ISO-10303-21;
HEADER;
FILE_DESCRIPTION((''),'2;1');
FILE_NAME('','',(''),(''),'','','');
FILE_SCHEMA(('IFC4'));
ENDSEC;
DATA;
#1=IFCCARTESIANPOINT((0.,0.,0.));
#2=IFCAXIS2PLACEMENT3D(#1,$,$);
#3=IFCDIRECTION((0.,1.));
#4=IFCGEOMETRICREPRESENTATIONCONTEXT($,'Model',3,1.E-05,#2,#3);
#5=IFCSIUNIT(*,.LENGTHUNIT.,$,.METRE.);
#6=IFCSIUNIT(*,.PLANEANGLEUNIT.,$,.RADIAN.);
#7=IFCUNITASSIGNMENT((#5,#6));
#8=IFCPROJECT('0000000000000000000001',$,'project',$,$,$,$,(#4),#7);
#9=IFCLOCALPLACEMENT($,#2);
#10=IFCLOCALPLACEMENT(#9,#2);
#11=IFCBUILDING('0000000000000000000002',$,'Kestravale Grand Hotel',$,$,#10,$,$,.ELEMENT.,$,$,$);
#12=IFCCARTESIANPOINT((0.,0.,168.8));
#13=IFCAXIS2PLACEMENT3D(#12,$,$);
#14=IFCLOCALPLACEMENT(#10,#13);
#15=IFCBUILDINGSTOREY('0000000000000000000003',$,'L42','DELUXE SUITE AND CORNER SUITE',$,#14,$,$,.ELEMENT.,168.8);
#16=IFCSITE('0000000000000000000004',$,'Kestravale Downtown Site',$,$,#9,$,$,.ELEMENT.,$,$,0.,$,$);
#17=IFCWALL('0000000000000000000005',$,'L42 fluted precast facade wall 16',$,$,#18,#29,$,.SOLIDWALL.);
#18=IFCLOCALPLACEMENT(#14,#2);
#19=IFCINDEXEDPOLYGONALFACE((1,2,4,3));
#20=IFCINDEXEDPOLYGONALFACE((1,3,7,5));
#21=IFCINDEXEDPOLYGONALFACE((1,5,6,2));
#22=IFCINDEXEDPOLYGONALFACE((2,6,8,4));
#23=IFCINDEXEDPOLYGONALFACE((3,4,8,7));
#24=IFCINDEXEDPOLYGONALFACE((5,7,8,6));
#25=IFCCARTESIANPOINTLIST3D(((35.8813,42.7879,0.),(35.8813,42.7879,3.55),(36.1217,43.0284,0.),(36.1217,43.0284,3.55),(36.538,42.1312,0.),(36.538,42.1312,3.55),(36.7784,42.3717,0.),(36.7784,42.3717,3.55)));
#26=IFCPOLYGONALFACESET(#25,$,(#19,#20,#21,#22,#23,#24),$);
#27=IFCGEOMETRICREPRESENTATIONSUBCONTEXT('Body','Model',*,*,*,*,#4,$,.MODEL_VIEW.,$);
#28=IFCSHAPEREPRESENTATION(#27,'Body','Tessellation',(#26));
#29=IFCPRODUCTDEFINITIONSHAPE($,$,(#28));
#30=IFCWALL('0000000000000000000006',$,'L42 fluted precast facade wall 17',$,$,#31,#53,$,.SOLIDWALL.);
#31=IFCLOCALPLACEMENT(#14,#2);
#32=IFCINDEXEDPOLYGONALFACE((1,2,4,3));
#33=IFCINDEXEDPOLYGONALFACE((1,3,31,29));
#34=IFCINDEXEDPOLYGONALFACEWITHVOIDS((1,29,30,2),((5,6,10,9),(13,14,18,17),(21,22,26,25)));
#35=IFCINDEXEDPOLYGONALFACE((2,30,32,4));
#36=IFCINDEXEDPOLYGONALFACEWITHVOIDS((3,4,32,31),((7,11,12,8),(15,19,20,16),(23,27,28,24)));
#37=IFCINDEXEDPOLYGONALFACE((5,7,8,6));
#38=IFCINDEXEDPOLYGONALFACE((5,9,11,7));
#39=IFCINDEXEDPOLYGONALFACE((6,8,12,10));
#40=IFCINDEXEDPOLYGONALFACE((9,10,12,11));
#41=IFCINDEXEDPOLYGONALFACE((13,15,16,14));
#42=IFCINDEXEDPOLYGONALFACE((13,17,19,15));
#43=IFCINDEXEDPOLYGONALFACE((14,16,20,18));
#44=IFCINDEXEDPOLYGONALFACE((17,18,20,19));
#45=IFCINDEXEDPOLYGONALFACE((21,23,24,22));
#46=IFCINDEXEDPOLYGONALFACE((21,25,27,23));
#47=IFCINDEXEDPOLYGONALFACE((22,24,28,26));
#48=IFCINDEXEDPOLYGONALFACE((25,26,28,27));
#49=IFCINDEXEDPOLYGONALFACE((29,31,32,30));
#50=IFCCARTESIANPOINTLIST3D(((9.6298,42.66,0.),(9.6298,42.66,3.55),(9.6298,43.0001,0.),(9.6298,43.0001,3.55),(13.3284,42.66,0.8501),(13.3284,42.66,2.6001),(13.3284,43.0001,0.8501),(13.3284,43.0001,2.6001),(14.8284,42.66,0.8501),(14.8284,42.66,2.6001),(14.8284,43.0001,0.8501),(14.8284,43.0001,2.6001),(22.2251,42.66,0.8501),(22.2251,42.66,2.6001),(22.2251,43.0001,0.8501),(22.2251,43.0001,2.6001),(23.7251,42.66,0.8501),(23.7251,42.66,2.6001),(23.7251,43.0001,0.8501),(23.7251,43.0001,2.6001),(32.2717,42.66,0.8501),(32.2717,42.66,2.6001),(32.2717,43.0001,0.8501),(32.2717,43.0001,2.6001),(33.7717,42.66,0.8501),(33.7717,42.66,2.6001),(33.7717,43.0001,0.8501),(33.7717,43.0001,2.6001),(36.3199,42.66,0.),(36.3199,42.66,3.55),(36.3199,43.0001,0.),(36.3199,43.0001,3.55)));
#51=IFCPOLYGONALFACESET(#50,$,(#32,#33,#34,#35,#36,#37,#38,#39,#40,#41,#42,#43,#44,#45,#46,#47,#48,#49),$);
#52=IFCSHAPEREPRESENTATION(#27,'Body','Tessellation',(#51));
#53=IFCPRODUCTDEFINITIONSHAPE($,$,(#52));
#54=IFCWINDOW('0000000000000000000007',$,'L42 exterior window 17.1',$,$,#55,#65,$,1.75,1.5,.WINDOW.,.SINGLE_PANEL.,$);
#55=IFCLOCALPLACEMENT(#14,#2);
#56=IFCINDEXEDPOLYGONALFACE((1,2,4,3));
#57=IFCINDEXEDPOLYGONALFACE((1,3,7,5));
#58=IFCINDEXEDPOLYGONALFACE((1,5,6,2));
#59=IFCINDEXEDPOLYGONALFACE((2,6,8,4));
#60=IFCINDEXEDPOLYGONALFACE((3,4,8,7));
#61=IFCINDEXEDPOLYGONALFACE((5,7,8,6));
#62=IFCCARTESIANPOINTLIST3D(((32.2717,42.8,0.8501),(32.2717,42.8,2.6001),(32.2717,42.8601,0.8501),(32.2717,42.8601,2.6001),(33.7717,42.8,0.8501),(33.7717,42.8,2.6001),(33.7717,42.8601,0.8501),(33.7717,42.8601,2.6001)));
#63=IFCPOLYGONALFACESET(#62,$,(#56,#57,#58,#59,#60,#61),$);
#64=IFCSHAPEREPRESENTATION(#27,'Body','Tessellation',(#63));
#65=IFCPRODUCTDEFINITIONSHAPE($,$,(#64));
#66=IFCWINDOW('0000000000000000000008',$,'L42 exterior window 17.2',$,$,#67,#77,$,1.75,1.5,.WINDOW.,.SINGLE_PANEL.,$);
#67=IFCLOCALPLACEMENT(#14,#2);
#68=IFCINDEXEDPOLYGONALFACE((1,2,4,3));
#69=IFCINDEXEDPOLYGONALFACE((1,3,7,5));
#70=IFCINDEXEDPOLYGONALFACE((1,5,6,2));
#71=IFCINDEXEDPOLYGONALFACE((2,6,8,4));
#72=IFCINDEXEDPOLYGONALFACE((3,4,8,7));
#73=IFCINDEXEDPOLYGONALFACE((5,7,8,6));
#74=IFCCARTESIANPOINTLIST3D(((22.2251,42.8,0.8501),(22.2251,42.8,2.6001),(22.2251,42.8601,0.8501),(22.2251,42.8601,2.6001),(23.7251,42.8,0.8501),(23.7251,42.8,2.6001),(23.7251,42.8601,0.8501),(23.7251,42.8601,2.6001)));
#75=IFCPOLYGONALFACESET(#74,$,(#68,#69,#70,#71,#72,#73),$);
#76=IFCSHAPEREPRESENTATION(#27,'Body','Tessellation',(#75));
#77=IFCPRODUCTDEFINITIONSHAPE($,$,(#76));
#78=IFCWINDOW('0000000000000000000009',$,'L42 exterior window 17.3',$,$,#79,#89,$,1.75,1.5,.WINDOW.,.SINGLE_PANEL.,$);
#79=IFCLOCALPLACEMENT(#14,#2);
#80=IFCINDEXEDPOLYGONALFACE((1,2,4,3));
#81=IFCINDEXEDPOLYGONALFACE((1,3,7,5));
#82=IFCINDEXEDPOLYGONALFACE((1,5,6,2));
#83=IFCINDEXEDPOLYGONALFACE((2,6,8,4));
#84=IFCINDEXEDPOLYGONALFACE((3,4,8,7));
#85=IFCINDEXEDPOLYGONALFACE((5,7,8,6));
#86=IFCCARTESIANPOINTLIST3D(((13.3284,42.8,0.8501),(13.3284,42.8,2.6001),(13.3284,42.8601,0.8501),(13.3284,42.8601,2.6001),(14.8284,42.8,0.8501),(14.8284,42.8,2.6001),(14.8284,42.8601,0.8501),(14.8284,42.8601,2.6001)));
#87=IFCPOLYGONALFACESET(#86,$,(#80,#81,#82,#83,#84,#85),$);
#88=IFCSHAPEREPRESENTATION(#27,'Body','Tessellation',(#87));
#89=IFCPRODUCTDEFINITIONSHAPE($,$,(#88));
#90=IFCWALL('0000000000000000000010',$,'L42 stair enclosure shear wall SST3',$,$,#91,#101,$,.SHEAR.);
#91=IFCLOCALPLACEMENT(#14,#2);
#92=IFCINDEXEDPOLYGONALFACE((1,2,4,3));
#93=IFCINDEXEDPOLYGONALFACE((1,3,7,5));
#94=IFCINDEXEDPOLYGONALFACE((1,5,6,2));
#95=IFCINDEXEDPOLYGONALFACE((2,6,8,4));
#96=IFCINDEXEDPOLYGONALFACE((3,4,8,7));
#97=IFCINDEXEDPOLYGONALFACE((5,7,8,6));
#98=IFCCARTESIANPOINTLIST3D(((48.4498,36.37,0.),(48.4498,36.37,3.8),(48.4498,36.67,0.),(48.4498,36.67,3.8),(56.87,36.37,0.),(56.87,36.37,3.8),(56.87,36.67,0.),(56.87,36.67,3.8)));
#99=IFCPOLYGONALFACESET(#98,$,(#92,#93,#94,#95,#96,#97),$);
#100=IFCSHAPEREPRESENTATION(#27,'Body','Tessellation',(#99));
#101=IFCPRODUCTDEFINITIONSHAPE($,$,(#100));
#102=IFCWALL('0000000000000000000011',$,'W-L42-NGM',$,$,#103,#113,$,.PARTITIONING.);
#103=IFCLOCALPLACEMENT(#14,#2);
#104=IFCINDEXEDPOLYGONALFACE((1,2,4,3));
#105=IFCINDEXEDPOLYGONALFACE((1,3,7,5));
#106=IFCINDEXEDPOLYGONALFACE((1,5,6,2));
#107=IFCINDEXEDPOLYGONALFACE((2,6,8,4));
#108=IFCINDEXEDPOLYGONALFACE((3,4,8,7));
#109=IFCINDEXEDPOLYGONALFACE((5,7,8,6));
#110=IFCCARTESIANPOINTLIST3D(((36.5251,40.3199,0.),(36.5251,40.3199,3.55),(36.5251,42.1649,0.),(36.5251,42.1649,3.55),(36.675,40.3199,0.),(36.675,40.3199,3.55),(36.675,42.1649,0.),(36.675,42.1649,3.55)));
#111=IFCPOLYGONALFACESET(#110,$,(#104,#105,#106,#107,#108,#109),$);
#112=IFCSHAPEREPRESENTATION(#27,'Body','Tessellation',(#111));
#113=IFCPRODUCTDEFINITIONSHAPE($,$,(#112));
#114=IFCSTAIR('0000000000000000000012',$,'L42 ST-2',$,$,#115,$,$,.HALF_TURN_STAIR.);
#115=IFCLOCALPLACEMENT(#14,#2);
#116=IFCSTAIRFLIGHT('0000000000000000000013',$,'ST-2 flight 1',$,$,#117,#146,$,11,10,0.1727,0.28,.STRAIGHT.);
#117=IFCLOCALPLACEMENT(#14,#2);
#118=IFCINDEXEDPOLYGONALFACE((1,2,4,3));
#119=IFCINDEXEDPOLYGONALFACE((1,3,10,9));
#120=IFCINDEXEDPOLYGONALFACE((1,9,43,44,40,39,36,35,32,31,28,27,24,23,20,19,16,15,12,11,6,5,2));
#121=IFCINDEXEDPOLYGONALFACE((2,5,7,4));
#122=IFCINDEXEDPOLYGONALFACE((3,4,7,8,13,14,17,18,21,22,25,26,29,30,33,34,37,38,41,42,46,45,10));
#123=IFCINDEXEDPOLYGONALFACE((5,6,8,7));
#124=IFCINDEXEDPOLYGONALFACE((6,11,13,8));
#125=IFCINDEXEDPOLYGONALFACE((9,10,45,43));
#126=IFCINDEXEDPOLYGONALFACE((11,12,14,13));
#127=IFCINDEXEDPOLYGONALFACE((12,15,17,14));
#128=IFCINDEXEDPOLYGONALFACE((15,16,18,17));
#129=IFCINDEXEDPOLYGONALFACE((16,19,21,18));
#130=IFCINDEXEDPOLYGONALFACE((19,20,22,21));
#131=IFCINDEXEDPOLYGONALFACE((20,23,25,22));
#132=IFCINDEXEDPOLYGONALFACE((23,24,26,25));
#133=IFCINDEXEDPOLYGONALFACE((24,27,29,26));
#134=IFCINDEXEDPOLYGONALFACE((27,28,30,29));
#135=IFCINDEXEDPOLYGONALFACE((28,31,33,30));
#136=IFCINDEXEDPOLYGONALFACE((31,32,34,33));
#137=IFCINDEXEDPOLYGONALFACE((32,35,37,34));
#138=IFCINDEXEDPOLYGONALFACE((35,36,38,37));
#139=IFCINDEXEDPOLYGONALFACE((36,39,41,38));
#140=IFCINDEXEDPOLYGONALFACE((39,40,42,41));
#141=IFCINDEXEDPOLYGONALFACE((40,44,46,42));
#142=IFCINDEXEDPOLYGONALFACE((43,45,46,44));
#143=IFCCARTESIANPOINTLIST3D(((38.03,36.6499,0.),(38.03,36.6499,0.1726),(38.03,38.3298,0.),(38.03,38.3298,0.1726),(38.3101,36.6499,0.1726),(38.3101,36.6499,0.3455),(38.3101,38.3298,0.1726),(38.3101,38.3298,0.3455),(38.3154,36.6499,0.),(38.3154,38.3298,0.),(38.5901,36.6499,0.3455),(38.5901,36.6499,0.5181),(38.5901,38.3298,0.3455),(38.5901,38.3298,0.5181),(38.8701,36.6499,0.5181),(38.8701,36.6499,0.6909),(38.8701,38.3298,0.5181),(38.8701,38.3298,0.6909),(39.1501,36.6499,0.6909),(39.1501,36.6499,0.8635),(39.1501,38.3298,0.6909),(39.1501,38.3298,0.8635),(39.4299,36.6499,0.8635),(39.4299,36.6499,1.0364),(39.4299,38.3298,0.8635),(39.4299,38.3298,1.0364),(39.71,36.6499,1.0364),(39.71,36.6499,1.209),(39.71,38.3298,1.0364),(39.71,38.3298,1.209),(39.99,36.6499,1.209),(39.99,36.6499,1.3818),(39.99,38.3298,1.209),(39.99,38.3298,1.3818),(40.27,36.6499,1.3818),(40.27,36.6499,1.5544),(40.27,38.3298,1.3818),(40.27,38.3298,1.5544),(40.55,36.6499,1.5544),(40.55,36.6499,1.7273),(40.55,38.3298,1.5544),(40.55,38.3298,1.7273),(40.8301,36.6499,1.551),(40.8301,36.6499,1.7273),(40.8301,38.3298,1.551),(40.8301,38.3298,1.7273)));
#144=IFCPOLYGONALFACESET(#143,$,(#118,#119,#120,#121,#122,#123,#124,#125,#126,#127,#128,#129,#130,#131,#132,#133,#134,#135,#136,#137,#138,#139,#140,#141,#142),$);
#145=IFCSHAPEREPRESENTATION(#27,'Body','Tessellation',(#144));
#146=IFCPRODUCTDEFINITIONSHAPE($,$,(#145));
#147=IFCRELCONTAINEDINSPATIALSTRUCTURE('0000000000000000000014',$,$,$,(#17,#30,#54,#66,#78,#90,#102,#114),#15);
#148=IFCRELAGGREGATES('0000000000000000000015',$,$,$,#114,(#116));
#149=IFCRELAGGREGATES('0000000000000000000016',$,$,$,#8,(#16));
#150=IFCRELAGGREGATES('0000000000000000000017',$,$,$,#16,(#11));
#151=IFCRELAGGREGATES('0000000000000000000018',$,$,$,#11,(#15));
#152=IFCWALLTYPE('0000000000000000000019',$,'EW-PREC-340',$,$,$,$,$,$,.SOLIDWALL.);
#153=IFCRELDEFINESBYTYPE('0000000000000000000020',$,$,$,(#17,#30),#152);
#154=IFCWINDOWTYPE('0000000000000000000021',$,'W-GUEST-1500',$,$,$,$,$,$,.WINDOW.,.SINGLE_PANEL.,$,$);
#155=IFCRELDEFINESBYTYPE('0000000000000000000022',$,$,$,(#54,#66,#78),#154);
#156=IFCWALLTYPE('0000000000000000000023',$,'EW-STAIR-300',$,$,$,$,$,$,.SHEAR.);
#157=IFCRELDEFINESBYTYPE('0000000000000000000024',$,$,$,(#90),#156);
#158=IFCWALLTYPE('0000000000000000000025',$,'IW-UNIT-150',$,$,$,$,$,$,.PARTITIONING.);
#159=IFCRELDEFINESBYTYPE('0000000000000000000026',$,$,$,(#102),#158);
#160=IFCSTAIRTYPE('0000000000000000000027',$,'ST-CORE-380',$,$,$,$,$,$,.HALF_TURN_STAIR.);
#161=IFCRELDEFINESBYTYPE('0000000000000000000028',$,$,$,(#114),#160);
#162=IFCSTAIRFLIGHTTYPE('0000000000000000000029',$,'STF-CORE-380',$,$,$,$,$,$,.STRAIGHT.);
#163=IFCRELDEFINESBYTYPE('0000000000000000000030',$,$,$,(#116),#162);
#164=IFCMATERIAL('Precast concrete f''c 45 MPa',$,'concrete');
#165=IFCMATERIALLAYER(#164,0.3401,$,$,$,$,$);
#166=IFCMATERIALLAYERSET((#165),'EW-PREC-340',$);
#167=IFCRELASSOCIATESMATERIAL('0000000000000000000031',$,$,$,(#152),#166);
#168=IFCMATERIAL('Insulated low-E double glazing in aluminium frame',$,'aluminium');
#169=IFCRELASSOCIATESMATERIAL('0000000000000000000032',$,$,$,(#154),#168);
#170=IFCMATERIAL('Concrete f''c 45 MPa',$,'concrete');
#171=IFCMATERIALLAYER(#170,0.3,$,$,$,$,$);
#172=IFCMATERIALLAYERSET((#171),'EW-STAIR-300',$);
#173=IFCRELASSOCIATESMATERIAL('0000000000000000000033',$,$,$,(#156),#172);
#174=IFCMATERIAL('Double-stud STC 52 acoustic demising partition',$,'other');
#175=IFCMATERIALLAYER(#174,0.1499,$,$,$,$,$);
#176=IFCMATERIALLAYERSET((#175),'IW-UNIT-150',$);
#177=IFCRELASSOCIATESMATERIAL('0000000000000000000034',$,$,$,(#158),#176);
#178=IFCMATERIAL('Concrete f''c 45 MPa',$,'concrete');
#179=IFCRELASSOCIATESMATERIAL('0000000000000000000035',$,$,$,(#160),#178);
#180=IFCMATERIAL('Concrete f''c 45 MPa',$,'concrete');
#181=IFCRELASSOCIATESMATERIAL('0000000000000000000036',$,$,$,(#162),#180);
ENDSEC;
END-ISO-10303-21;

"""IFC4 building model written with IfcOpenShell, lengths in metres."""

from ifc_helpers import new_model, si_unit, direction, frame, frame_2d, origin, place, context, subcontext, project, spatial, polyline, rectangle, outline, extrude, material, layer, layer_set, type_object, element, fill, aggregate, save


model = new_model("IFC4")

# Units and contexts
model_context = context("Model", 3, precision=1e-05, world=origin(), true_north=direction((0.0, 1.0)))
body_context = subcontext(model_context, "Body", "Model", "MODEL_VIEW")
ifc_project = project(units=[si_unit("LENGTHUNIT", "METRE"), si_unit("PLANEANGLEUNIT", "RADIAN")], contexts=[model_context])

# Site, building, storey
site_placement = place(None, origin())
site = spatial("IfcSite", under=ifc_project, at=site_placement, Name="Kestravale Downtown Site", CompositionType="ELEMENT", RefElevation=0.0)
building_placement = place(site_placement, origin())
building = spatial("IfcBuilding", under=site, at=building_placement, Name="Kestravale Grand Hotel", CompositionType="ELEMENT")
storey_placement = place(building_placement, frame((0.0, 0.0, 168.8)))
storey = spatial("IfcBuildingStorey", under=building, at=storey_placement, Name="L42", Description="DELUXE SUITE AND CORNER SUITE", CompositionType="ELEMENT", Elevation=168.8)

# Shared definitions
ifc_material_1 = material(Name="Precast concrete f'c 45 MPa", Category="concrete")
ifc_layer_1 = layer(ifc_material_1, 0.3401)
ifc_layer_set_1 = layer_set([ifc_layer_1], Name="EW-PREC-340")
wall_type_1 = type_object("IfcWallType", Name="EW-PREC-340", PredefinedType="SOLIDWALL", material=ifc_layer_set_1)

# Shared definitions
ifc_material_2 = material(Name="Insulated low-E double glazing in aluminium frame", Category="aluminium")
window_type = type_object("IfcWindowType", Name="W-GUEST-1500", PartitioningType="SINGLE_PANEL", PredefinedType="WINDOW", material=ifc_material_2)

# Wall
wall_1_placement = place(storey_placement, frame((36.6582, 42.2515, 0.0), z_axis=(0.0, 0.0, 1.0), x_axis=(-0.707107, 0.707107, 0.0)))
element("IfcWall", 1, at=wall_1_placement, inside=storey, type_object=wall_type_1, Name="L42 fluted precast facade wall 16", PredefinedType="SOLIDWALL", context=body_context, shape_type="SweptSolid", body=[
    extrude(rectangle(XDim=0.9287, YDim=0.3401, at=frame_2d((0.4644, 0.0))), origin(), (0.0, 0.0, 1.0), 3.55),
])

# Wall, openings, windows
wall_2_placement = place(storey_placement, frame((36.3201, 42.8301, 0.0), z_axis=(0.0, 0.0, 1.0), x_axis=(-1.0, 0.0, 0.0)))
wall_2 = element("IfcWall", 2, at=wall_2_placement, inside=storey, type_object=wall_type_1, Name="L42 fluted precast facade wall 17", PredefinedType="SOLIDWALL", context=body_context, shape_type="SweptSolid", body=[
    extrude(rectangle(XDim=26.6902, YDim=0.3401, at=frame_2d((13.3452, 0.0))), origin(), (0.0, 0.0, 1.0), 3.55),
])
opening_1_placement = place(wall_2_placement, frame((2.5483, 0.0, 0.8501)))
opening_1 = element("IfcOpeningElement", 3, at=opening_1_placement, cuts=wall_2, PredefinedType="OPENING", context=body_context, shape_type="SweptSolid", body=[
    extrude(rectangle(XDim=1.5, YDim=1.75, at=frame_2d((0.75, 0.875))), frame((0.0, 0.1799, 0.0), z_axis=(0.0, -1.0, 0.0), x_axis=(1.0, 0.0, 0.0)), (0.0, 0.0, 1.0), 0.3601),
])
opening_2_placement = place(wall_2_placement, frame((12.595, 0.0, 0.8501)))
opening_2 = element("IfcOpeningElement", 4, at=opening_2_placement, cuts=wall_2, PredefinedType="OPENING", context=body_context, shape_type="SweptSolid", body=[
    extrude(rectangle(XDim=1.5, YDim=1.75, at=frame_2d((0.75, 0.875))), frame((0.0, 0.1799, 0.0), z_axis=(0.0, -1.0, 0.0), x_axis=(1.0, 0.0, 0.0)), (0.0, 0.0, 1.0), 0.3601),
])
opening_3_placement = place(wall_2_placement, frame((21.4917, 0.0, 0.8501)))
opening_3 = element("IfcOpeningElement", 5, at=opening_3_placement, cuts=wall_2, PredefinedType="OPENING", context=body_context, shape_type="SweptSolid", body=[
    extrude(rectangle(XDim=1.5, YDim=1.75, at=frame_2d((0.75, 0.875))), frame((0.0, 0.1799, 0.0), z_axis=(0.0, -1.0, 0.0), x_axis=(1.0, 0.0, 0.0)), (0.0, 0.0, 1.0), 0.3601),
])
window_1_placement = place(opening_1_placement, origin())
window_1 = element("IfcWindow", 6, at=window_1_placement, inside=storey, type_object=window_type, Name="L42 exterior window 17.1", OverallHeight=1.75, OverallWidth=1.5, PartitioningType="SINGLE_PANEL", PredefinedType="WINDOW", context=body_context, shape_type="SweptSolid", body=[
    extrude(rectangle(XDim=1.5, YDim=1.75, at=frame_2d((0.75, 0.875))), frame((0.0, 0.03, 0.0), z_axis=(0.0, -1.0, 0.0), x_axis=(1.0, 0.0, 0.0)), (0.0, 0.0, 1.0), 0.0601),
])
fill(opening_1, window_1)
window_2_placement = place(opening_2_placement, origin())
window_2 = element("IfcWindow", 7, at=window_2_placement, inside=storey, type_object=window_type, Name="L42 exterior window 17.2", OverallHeight=1.75, OverallWidth=1.5, PartitioningType="SINGLE_PANEL", PredefinedType="WINDOW", context=body_context, shape_type="SweptSolid", body=[
    extrude(rectangle(XDim=1.5, YDim=1.75, at=frame_2d((0.75, 0.875))), frame((0.0, 0.03, 0.0), z_axis=(0.0, -1.0, 0.0), x_axis=(1.0, 0.0, 0.0)), (0.0, 0.0, 1.0), 0.0601),
])
fill(opening_2, window_2)
window_3_placement = place(opening_3_placement, origin())
window_3 = element("IfcWindow", 8, at=window_3_placement, inside=storey, type_object=window_type, Name="L42 exterior window 17.3", OverallHeight=1.75, OverallWidth=1.5, PartitioningType="SINGLE_PANEL", PredefinedType="WINDOW", context=body_context, shape_type="SweptSolid", body=[
    extrude(rectangle(XDim=1.5, YDim=1.75, at=frame_2d((0.75, 0.875))), frame((0.0, 0.03, 0.0), z_axis=(0.0, -1.0, 0.0), x_axis=(1.0, 0.0, 0.0)), (0.0, 0.0, 1.0), 0.0601),
])
fill(opening_3, window_3)

# Walls
ifc_material_3 = material(Name="Concrete f'c 45 MPa", Category="concrete")
ifc_layer_2 = layer(ifc_material_3, 0.3)
ifc_layer_set_2 = layer_set([ifc_layer_2], Name="EW-STAIR-300")
wall_type_2 = type_object("IfcWallType", Name="EW-STAIR-300", PredefinedType="SHEAR", material=ifc_layer_set_2)
wall_3_placement = place(storey_placement, frame((48.45, 36.52, 0.0), z_axis=(0.0, 0.0, 1.0), x_axis=(1.0, 0.0, 0.0)))
element("IfcWall", 9, at=wall_3_placement, inside=storey, type_object=wall_type_2, Name="L42 stair enclosure shear wall SST3", PredefinedType="SHEAR", context=body_context, shape_type="SweptSolid", body=[
    extrude(rectangle(XDim=8.4202, YDim=0.3, at=frame_2d((4.21, 0.0))), origin(), (0.0, 0.0, 1.0), 3.8),
])
ifc_material_4 = material(Name="Double-stud STC 52 acoustic demising partition", Category="other")
ifc_layer_3 = layer(ifc_material_4, 0.1499)
ifc_layer_set_3 = layer_set([ifc_layer_3], Name="IW-UNIT-150")
wall_type_3 = type_object("IfcWallType", Name="IW-UNIT-150", PredefinedType="PARTITIONING", material=ifc_layer_set_3)
wall_4_placement = place(storey_placement, frame((36.6001, 40.3201, 0.0), z_axis=(0.0, 0.0, 1.0), x_axis=(0.0, 1.0, 0.0)))
element("IfcWall", 10, at=wall_4_placement, inside=storey, type_object=wall_type_3, Name="W-L42-NGM", PredefinedType="PARTITIONING", context=body_context, shape_type="SweptSolid", body=[
    extrude(rectangle(XDim=1.845, YDim=0.1499, at=frame_2d((0.9224, 0.0))), origin(), (0.0, 0.0, 1.0), 3.55),
])

# Stair, stair flight
ifc_material_5 = material(Name="Concrete f'c 45 MPa", Category="concrete")
stair_type = type_object("IfcStairType", Name="ST-CORE-380", PredefinedType="HALF_TURN_STAIR", material=ifc_material_5)
stair_placement = place(storey_placement, origin())
stair = element("IfcStair", 11, at=stair_placement, inside=storey, type_object=stair_type, Name="L42 ST-2", PredefinedType="HALF_TURN_STAIR")
ifc_material_6 = material(Name="Concrete f'c 45 MPa", Category="concrete")
stair_flight_type = type_object("IfcStairFlightType", Name="STF-CORE-380", PredefinedType="STRAIGHT", material=ifc_material_6)
stair_flight_1_placement = place(storey_placement, frame((38.03, 37.49, 0.0), z_axis=(0.0, 0.0, 1.0), x_axis=(1.0, 0.0, 0.0)))
stair_flight_1 = element("IfcStairFlight", 12, at=stair_flight_1_placement, type_object=stair_flight_type, Name="ST-2 flight 1", NumberOfRisers=11, NumberOfTreads=10, PredefinedType="STRAIGHT", RiserHeight=0.1727, TreadLength=0.28, context=body_context, shape_type="SweptSolid", body=[
    extrude(outline(polyline([(0.0, 0.0), (0.0, 0.1726), (0.28, 0.1726), (0.28, 0.3455), (0.5601, 0.3455), (0.5601, 0.5181), (0.8401, 0.5181), (0.8401, 0.6909), (1.1201, 0.6909), (1.1201, 0.8635), (1.3999, 0.8635), (1.3999, 1.0364), (1.6799, 1.0364), (1.6799, 1.209), (1.96, 1.209), (1.96, 1.3818), (2.24, 1.3818), (2.24, 1.5544), (2.52, 1.5544), (2.52, 1.7273), (2.8, 1.7273), (2.8, 1.8999), (2.8, 1.551), (0.2854, 0.0), (0.0, 0.0)])), frame((0.0, 0.8398, 0.0), z_axis=(0.0, -1.0, 0.0), x_axis=(1.0, 0.0, 0.0)), (0.0, 0.0, 1.0), 1.6799),
])
aggregate(stair, [stair_flight_1])

save(model, "model.ifc")
